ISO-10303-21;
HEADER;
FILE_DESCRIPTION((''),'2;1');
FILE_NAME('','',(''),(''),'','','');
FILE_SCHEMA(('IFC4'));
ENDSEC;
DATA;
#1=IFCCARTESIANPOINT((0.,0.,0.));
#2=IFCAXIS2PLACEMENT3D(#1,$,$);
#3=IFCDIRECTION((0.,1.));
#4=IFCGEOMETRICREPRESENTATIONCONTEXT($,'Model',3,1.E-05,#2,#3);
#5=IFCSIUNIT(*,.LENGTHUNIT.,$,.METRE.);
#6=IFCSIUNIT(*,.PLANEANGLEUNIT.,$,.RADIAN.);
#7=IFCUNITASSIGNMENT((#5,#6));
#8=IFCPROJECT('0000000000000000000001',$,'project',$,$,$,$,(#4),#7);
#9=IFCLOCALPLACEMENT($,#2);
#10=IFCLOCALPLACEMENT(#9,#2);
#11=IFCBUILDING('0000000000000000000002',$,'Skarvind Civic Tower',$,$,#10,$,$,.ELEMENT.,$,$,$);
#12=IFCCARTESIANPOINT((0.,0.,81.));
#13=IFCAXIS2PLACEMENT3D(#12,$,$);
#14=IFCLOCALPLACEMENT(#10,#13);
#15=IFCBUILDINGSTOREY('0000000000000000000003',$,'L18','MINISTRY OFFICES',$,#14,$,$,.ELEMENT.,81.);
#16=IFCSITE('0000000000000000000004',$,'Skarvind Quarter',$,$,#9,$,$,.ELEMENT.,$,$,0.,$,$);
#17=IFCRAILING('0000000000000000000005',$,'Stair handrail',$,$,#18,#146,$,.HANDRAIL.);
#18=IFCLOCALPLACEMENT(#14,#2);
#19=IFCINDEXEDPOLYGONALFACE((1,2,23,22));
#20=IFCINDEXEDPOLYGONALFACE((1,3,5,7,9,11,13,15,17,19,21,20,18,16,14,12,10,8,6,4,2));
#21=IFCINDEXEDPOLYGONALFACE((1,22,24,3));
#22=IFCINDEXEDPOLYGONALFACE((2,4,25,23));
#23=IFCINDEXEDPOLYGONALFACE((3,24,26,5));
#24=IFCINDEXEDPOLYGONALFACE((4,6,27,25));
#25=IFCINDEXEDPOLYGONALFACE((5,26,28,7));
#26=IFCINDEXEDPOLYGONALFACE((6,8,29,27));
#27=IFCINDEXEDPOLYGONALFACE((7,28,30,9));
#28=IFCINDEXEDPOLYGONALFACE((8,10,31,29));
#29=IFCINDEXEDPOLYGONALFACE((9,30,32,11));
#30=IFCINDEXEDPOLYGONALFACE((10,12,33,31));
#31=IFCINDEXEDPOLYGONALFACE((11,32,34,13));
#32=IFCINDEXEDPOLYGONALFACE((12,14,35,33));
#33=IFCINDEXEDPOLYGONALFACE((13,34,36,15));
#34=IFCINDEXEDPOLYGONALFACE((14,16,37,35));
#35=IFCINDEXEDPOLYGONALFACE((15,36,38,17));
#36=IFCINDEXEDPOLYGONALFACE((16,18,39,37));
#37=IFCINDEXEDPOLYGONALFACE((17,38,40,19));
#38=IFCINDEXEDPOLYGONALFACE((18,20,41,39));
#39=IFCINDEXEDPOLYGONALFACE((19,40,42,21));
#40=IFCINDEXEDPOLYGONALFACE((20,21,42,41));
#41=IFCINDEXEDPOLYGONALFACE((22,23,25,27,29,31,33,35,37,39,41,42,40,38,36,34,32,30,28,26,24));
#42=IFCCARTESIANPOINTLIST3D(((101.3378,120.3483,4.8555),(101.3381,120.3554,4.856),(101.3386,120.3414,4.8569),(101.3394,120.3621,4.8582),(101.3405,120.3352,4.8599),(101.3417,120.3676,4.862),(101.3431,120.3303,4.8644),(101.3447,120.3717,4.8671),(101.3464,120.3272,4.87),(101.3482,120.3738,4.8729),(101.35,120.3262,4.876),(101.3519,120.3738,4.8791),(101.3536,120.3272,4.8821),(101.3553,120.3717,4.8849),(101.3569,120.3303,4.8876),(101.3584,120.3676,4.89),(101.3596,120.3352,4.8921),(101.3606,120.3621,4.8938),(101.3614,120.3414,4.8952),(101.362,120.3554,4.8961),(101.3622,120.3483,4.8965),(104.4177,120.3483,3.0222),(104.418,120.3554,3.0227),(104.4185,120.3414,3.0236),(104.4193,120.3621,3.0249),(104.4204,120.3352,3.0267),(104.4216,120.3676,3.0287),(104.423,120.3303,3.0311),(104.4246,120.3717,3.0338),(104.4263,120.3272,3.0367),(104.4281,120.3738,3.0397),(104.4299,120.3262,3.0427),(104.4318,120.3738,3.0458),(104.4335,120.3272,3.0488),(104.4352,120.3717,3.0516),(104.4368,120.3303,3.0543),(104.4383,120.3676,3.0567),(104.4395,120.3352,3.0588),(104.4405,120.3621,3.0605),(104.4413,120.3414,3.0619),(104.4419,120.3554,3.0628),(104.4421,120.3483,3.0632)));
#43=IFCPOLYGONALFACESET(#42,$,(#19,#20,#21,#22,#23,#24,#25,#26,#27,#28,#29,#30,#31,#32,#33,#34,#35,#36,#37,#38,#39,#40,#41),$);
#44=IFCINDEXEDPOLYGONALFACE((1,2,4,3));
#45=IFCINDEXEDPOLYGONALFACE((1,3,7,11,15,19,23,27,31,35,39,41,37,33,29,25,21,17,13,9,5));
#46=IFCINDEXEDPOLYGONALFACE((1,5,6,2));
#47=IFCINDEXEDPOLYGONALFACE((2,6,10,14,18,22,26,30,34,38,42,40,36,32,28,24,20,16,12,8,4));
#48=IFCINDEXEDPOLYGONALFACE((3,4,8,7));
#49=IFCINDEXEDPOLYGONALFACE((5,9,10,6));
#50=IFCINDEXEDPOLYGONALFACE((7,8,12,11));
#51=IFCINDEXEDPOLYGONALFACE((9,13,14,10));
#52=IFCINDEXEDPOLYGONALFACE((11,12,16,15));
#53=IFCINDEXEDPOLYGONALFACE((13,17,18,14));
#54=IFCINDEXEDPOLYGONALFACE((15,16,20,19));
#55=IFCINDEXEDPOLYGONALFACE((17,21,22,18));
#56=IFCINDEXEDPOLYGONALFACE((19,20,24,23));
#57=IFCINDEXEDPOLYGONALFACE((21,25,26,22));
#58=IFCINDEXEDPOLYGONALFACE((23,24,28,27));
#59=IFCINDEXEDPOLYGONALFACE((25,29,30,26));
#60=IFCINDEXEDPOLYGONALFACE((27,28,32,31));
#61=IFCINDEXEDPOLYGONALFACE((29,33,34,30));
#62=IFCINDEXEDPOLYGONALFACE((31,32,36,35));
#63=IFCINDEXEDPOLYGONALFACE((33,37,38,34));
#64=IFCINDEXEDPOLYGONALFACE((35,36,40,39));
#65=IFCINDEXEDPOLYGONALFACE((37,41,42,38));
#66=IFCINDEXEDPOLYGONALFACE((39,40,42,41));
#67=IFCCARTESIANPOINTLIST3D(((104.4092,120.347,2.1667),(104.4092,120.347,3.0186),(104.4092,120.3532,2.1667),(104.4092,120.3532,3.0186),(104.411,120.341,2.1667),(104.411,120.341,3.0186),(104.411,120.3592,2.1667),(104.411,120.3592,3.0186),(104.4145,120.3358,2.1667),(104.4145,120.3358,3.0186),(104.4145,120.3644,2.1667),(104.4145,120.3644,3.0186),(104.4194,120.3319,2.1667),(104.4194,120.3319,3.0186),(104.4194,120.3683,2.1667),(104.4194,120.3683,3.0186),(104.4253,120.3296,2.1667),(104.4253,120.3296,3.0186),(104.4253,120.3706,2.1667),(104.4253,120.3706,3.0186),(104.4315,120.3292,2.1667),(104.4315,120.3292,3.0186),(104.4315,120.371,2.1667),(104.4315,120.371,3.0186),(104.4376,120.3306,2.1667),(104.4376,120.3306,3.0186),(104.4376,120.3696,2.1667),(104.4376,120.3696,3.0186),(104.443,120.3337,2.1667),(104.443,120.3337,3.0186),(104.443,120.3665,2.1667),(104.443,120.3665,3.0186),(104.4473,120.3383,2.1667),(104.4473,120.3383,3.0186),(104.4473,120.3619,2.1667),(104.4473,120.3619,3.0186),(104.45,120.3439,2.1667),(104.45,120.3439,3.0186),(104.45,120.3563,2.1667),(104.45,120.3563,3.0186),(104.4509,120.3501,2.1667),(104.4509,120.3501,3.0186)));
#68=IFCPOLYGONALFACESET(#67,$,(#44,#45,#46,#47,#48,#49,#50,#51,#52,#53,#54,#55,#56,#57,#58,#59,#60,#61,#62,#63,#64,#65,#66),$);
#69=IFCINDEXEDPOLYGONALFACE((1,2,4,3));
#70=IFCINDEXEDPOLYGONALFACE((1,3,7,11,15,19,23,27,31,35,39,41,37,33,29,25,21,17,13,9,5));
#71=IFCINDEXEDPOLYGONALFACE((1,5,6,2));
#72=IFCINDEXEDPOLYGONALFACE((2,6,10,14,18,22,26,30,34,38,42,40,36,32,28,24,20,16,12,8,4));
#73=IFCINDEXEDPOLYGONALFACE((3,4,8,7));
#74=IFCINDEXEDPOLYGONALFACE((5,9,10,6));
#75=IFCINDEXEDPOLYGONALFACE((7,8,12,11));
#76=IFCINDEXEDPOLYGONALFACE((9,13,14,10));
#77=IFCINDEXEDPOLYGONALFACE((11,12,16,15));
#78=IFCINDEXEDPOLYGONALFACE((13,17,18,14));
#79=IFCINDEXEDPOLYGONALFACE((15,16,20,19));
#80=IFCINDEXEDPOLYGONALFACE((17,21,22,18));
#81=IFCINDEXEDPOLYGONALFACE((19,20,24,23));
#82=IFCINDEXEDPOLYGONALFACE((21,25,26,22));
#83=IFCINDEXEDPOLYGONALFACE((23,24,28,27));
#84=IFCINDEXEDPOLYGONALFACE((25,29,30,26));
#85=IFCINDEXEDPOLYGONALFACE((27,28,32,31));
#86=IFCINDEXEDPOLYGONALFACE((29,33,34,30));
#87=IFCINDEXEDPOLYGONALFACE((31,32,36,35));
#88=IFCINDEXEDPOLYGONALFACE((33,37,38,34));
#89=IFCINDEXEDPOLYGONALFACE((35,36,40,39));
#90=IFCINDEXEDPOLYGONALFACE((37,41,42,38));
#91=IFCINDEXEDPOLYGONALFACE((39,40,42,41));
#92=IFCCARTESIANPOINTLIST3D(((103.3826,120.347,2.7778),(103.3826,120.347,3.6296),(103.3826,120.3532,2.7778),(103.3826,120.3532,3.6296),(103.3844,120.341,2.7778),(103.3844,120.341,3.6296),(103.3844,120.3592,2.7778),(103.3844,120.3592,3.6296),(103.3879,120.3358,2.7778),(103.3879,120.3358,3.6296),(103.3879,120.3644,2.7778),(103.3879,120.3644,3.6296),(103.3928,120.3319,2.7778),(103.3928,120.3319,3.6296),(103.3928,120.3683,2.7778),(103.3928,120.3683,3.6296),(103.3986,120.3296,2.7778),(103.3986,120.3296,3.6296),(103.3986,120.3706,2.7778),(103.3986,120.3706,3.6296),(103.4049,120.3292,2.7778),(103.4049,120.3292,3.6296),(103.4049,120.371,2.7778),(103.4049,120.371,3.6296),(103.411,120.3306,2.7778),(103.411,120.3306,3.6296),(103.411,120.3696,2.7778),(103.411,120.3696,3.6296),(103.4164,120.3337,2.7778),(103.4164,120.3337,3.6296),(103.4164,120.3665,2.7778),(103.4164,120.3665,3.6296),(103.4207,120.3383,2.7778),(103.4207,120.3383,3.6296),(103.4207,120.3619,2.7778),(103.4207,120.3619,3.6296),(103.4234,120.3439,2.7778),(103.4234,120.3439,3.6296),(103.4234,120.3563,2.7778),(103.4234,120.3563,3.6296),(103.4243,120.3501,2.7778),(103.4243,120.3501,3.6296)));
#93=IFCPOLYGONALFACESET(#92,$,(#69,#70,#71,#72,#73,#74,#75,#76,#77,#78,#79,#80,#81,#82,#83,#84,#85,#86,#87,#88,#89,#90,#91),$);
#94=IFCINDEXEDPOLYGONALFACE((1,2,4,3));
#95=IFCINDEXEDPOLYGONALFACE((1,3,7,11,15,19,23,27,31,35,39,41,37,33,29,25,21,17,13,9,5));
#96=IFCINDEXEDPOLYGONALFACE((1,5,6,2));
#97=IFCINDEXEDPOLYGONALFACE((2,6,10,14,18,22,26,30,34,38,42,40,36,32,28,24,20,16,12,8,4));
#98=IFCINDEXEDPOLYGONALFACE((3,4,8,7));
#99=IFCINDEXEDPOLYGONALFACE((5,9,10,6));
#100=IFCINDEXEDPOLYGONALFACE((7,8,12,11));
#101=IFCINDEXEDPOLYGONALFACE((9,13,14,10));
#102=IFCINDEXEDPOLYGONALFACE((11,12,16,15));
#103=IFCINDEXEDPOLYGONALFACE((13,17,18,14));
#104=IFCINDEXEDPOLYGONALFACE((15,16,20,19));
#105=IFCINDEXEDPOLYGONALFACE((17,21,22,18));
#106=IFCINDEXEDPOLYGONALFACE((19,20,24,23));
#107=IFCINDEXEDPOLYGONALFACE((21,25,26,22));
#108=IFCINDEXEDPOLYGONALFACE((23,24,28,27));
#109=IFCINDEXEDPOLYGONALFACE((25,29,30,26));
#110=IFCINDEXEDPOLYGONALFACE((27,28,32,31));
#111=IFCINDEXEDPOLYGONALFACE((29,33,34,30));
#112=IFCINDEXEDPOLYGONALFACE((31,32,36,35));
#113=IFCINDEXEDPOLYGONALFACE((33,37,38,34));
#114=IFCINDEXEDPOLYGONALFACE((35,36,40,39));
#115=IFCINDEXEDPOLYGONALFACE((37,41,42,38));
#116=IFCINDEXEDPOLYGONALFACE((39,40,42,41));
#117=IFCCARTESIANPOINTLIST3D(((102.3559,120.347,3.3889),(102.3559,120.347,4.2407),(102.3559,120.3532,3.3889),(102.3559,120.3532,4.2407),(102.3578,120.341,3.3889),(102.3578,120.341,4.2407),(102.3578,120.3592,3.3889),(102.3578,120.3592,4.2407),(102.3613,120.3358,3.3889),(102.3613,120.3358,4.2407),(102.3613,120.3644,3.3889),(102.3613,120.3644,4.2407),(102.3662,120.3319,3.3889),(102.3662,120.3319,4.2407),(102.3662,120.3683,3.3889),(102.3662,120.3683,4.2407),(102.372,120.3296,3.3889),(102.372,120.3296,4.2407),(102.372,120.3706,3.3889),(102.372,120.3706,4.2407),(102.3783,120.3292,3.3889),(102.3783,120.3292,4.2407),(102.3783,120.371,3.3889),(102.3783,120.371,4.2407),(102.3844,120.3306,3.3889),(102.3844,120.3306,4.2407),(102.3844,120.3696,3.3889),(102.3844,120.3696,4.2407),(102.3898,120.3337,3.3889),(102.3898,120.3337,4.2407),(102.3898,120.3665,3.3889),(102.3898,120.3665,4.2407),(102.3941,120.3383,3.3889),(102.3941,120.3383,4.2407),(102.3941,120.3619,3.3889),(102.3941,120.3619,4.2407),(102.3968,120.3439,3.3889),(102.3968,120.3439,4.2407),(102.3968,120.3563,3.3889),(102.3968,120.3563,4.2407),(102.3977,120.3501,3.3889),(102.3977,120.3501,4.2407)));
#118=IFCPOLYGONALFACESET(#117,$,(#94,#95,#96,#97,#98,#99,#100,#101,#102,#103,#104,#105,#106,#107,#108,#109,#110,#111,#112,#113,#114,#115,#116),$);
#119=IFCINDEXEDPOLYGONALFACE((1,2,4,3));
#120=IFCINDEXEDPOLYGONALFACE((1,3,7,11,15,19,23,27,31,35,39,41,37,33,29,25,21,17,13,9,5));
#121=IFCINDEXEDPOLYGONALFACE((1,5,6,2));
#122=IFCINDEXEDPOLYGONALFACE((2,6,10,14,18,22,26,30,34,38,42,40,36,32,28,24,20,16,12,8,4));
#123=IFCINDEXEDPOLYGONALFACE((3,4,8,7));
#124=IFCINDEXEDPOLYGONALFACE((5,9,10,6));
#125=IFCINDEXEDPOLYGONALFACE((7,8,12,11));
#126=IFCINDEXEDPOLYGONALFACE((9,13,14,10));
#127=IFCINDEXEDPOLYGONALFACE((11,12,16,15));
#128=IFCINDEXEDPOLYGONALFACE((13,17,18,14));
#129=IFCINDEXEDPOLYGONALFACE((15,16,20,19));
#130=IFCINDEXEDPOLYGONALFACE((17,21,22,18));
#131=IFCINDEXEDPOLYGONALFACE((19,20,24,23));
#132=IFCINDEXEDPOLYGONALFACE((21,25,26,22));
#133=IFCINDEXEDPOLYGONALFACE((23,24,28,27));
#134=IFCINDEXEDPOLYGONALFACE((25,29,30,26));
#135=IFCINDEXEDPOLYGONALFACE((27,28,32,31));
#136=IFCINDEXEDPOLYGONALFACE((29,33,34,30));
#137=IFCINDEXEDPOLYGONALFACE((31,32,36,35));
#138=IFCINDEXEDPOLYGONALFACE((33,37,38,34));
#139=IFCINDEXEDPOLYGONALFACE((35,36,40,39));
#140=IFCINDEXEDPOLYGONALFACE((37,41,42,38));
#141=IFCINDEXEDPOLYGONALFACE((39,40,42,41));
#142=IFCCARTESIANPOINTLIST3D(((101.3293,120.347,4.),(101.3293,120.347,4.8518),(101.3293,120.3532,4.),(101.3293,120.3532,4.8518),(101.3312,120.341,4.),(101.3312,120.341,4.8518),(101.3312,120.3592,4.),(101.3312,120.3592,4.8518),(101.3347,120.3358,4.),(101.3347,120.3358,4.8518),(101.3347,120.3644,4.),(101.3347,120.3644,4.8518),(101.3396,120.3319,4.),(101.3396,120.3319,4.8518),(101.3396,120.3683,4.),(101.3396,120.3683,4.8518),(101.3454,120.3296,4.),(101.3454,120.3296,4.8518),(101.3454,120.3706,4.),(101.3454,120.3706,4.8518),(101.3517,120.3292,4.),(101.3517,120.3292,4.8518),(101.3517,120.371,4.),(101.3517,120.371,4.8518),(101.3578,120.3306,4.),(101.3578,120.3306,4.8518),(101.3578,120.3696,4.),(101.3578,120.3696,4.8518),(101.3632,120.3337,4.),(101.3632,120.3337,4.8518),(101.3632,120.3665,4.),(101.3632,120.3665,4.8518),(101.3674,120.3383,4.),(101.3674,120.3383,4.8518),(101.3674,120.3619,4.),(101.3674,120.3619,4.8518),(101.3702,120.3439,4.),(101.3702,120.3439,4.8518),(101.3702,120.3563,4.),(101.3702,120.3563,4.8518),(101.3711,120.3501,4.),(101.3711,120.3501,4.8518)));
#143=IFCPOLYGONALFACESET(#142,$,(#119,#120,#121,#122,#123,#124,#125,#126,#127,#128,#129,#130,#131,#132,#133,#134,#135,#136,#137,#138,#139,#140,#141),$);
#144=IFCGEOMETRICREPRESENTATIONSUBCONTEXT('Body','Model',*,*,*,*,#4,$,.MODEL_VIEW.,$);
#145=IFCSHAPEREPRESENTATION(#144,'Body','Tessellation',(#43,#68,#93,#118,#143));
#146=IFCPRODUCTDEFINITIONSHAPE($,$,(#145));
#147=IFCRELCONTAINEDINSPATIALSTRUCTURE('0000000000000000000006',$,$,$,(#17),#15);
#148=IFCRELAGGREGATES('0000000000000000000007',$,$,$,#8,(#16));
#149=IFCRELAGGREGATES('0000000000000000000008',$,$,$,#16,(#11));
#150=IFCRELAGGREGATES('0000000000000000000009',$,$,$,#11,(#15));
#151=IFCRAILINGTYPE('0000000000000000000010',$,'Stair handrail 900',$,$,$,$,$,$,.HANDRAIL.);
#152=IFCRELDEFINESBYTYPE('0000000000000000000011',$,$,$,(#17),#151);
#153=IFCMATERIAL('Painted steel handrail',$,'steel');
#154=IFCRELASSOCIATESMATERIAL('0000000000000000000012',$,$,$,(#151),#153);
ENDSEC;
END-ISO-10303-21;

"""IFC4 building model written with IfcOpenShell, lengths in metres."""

from ifc_helpers import new_model, si_unit, direction, frame, origin, origin_2d, place, context, subcontext, project, spatial, circle, extrude, material, type_object, element, save


model = new_model("IFC4")

# Units and contexts
model_context = context("Model", 3, precision=1e-05, world=origin(), true_north=direction((0.0, 1.0)))
body_context = subcontext(model_context, "Body", "Model", "MODEL_VIEW")
ifc_project = project(units=[si_unit("LENGTHUNIT", "METRE"), si_unit("PLANEANGLEUNIT", "RADIAN")], contexts=[model_context])

# Site, building, storey
site_placement = place(None, origin())
site = spatial("IfcSite", under=ifc_project, at=site_placement, Name="Skarvind Quarter", CompositionType="ELEMENT", RefElevation=0.0)
building_placement = place(site_placement, origin())
building = spatial("IfcBuilding", under=site, at=building_placement, Name="Skarvind Civic Tower", CompositionType="ELEMENT")
storey_placement = place(building_placement, frame((0.0, 0.0, 81.0)))
storey = spatial("IfcBuildingStorey", under=building, at=storey_placement, Name="L18", Description="MINISTRY OFFICES", CompositionType="ELEMENT", Elevation=81.0)

# Railing
ifc_material_1 = material(Name="Painted steel handrail", Category="steel")
railing_type = type_object("IfcRailingType", Name="Stair handrail 900", PredefinedType="HANDRAIL", material=ifc_material_1)
railing_1_placement = place(storey_placement, frame((104.4299, 120.3501, 2.1667)))
element("IfcRailing", 1, at=railing_1_placement, inside=storey, type_object=railing_type, Name="Stair handrail", PredefinedType="HANDRAIL", context=body_context, shape_type="SweptSolid", body=[
    extrude(circle(Radius=0.0239, at=origin_2d()), frame((0.0, 0.0, 0.876), z_axis=(-0.859291, 0.0, 0.511487), x_axis=(0.0, -1.0, 0.0)), (0.0, 0.0, 1.0), 3.5842),
    extrude(circle(Radius=0.021, at=origin_2d()), origin(), (0.0, 0.0, 1.0), 0.8518),
    extrude(circle(Radius=0.021, at=origin_2d()), frame((-1.0266, 0.0, 0.6111)), (0.0, 0.0, 1.0), 0.8518),
    extrude(circle(Radius=0.021, at=origin_2d()), frame((-2.0532, 0.0, 1.2222)), (0.0, 0.0, 1.0), 0.8518),
    extrude(circle(Radius=0.021, at=origin_2d()), frame((-3.0798, 0.0, 1.8333)), (0.0, 0.0, 1.0), 0.8518),
])

save(model, "model.ifc")
